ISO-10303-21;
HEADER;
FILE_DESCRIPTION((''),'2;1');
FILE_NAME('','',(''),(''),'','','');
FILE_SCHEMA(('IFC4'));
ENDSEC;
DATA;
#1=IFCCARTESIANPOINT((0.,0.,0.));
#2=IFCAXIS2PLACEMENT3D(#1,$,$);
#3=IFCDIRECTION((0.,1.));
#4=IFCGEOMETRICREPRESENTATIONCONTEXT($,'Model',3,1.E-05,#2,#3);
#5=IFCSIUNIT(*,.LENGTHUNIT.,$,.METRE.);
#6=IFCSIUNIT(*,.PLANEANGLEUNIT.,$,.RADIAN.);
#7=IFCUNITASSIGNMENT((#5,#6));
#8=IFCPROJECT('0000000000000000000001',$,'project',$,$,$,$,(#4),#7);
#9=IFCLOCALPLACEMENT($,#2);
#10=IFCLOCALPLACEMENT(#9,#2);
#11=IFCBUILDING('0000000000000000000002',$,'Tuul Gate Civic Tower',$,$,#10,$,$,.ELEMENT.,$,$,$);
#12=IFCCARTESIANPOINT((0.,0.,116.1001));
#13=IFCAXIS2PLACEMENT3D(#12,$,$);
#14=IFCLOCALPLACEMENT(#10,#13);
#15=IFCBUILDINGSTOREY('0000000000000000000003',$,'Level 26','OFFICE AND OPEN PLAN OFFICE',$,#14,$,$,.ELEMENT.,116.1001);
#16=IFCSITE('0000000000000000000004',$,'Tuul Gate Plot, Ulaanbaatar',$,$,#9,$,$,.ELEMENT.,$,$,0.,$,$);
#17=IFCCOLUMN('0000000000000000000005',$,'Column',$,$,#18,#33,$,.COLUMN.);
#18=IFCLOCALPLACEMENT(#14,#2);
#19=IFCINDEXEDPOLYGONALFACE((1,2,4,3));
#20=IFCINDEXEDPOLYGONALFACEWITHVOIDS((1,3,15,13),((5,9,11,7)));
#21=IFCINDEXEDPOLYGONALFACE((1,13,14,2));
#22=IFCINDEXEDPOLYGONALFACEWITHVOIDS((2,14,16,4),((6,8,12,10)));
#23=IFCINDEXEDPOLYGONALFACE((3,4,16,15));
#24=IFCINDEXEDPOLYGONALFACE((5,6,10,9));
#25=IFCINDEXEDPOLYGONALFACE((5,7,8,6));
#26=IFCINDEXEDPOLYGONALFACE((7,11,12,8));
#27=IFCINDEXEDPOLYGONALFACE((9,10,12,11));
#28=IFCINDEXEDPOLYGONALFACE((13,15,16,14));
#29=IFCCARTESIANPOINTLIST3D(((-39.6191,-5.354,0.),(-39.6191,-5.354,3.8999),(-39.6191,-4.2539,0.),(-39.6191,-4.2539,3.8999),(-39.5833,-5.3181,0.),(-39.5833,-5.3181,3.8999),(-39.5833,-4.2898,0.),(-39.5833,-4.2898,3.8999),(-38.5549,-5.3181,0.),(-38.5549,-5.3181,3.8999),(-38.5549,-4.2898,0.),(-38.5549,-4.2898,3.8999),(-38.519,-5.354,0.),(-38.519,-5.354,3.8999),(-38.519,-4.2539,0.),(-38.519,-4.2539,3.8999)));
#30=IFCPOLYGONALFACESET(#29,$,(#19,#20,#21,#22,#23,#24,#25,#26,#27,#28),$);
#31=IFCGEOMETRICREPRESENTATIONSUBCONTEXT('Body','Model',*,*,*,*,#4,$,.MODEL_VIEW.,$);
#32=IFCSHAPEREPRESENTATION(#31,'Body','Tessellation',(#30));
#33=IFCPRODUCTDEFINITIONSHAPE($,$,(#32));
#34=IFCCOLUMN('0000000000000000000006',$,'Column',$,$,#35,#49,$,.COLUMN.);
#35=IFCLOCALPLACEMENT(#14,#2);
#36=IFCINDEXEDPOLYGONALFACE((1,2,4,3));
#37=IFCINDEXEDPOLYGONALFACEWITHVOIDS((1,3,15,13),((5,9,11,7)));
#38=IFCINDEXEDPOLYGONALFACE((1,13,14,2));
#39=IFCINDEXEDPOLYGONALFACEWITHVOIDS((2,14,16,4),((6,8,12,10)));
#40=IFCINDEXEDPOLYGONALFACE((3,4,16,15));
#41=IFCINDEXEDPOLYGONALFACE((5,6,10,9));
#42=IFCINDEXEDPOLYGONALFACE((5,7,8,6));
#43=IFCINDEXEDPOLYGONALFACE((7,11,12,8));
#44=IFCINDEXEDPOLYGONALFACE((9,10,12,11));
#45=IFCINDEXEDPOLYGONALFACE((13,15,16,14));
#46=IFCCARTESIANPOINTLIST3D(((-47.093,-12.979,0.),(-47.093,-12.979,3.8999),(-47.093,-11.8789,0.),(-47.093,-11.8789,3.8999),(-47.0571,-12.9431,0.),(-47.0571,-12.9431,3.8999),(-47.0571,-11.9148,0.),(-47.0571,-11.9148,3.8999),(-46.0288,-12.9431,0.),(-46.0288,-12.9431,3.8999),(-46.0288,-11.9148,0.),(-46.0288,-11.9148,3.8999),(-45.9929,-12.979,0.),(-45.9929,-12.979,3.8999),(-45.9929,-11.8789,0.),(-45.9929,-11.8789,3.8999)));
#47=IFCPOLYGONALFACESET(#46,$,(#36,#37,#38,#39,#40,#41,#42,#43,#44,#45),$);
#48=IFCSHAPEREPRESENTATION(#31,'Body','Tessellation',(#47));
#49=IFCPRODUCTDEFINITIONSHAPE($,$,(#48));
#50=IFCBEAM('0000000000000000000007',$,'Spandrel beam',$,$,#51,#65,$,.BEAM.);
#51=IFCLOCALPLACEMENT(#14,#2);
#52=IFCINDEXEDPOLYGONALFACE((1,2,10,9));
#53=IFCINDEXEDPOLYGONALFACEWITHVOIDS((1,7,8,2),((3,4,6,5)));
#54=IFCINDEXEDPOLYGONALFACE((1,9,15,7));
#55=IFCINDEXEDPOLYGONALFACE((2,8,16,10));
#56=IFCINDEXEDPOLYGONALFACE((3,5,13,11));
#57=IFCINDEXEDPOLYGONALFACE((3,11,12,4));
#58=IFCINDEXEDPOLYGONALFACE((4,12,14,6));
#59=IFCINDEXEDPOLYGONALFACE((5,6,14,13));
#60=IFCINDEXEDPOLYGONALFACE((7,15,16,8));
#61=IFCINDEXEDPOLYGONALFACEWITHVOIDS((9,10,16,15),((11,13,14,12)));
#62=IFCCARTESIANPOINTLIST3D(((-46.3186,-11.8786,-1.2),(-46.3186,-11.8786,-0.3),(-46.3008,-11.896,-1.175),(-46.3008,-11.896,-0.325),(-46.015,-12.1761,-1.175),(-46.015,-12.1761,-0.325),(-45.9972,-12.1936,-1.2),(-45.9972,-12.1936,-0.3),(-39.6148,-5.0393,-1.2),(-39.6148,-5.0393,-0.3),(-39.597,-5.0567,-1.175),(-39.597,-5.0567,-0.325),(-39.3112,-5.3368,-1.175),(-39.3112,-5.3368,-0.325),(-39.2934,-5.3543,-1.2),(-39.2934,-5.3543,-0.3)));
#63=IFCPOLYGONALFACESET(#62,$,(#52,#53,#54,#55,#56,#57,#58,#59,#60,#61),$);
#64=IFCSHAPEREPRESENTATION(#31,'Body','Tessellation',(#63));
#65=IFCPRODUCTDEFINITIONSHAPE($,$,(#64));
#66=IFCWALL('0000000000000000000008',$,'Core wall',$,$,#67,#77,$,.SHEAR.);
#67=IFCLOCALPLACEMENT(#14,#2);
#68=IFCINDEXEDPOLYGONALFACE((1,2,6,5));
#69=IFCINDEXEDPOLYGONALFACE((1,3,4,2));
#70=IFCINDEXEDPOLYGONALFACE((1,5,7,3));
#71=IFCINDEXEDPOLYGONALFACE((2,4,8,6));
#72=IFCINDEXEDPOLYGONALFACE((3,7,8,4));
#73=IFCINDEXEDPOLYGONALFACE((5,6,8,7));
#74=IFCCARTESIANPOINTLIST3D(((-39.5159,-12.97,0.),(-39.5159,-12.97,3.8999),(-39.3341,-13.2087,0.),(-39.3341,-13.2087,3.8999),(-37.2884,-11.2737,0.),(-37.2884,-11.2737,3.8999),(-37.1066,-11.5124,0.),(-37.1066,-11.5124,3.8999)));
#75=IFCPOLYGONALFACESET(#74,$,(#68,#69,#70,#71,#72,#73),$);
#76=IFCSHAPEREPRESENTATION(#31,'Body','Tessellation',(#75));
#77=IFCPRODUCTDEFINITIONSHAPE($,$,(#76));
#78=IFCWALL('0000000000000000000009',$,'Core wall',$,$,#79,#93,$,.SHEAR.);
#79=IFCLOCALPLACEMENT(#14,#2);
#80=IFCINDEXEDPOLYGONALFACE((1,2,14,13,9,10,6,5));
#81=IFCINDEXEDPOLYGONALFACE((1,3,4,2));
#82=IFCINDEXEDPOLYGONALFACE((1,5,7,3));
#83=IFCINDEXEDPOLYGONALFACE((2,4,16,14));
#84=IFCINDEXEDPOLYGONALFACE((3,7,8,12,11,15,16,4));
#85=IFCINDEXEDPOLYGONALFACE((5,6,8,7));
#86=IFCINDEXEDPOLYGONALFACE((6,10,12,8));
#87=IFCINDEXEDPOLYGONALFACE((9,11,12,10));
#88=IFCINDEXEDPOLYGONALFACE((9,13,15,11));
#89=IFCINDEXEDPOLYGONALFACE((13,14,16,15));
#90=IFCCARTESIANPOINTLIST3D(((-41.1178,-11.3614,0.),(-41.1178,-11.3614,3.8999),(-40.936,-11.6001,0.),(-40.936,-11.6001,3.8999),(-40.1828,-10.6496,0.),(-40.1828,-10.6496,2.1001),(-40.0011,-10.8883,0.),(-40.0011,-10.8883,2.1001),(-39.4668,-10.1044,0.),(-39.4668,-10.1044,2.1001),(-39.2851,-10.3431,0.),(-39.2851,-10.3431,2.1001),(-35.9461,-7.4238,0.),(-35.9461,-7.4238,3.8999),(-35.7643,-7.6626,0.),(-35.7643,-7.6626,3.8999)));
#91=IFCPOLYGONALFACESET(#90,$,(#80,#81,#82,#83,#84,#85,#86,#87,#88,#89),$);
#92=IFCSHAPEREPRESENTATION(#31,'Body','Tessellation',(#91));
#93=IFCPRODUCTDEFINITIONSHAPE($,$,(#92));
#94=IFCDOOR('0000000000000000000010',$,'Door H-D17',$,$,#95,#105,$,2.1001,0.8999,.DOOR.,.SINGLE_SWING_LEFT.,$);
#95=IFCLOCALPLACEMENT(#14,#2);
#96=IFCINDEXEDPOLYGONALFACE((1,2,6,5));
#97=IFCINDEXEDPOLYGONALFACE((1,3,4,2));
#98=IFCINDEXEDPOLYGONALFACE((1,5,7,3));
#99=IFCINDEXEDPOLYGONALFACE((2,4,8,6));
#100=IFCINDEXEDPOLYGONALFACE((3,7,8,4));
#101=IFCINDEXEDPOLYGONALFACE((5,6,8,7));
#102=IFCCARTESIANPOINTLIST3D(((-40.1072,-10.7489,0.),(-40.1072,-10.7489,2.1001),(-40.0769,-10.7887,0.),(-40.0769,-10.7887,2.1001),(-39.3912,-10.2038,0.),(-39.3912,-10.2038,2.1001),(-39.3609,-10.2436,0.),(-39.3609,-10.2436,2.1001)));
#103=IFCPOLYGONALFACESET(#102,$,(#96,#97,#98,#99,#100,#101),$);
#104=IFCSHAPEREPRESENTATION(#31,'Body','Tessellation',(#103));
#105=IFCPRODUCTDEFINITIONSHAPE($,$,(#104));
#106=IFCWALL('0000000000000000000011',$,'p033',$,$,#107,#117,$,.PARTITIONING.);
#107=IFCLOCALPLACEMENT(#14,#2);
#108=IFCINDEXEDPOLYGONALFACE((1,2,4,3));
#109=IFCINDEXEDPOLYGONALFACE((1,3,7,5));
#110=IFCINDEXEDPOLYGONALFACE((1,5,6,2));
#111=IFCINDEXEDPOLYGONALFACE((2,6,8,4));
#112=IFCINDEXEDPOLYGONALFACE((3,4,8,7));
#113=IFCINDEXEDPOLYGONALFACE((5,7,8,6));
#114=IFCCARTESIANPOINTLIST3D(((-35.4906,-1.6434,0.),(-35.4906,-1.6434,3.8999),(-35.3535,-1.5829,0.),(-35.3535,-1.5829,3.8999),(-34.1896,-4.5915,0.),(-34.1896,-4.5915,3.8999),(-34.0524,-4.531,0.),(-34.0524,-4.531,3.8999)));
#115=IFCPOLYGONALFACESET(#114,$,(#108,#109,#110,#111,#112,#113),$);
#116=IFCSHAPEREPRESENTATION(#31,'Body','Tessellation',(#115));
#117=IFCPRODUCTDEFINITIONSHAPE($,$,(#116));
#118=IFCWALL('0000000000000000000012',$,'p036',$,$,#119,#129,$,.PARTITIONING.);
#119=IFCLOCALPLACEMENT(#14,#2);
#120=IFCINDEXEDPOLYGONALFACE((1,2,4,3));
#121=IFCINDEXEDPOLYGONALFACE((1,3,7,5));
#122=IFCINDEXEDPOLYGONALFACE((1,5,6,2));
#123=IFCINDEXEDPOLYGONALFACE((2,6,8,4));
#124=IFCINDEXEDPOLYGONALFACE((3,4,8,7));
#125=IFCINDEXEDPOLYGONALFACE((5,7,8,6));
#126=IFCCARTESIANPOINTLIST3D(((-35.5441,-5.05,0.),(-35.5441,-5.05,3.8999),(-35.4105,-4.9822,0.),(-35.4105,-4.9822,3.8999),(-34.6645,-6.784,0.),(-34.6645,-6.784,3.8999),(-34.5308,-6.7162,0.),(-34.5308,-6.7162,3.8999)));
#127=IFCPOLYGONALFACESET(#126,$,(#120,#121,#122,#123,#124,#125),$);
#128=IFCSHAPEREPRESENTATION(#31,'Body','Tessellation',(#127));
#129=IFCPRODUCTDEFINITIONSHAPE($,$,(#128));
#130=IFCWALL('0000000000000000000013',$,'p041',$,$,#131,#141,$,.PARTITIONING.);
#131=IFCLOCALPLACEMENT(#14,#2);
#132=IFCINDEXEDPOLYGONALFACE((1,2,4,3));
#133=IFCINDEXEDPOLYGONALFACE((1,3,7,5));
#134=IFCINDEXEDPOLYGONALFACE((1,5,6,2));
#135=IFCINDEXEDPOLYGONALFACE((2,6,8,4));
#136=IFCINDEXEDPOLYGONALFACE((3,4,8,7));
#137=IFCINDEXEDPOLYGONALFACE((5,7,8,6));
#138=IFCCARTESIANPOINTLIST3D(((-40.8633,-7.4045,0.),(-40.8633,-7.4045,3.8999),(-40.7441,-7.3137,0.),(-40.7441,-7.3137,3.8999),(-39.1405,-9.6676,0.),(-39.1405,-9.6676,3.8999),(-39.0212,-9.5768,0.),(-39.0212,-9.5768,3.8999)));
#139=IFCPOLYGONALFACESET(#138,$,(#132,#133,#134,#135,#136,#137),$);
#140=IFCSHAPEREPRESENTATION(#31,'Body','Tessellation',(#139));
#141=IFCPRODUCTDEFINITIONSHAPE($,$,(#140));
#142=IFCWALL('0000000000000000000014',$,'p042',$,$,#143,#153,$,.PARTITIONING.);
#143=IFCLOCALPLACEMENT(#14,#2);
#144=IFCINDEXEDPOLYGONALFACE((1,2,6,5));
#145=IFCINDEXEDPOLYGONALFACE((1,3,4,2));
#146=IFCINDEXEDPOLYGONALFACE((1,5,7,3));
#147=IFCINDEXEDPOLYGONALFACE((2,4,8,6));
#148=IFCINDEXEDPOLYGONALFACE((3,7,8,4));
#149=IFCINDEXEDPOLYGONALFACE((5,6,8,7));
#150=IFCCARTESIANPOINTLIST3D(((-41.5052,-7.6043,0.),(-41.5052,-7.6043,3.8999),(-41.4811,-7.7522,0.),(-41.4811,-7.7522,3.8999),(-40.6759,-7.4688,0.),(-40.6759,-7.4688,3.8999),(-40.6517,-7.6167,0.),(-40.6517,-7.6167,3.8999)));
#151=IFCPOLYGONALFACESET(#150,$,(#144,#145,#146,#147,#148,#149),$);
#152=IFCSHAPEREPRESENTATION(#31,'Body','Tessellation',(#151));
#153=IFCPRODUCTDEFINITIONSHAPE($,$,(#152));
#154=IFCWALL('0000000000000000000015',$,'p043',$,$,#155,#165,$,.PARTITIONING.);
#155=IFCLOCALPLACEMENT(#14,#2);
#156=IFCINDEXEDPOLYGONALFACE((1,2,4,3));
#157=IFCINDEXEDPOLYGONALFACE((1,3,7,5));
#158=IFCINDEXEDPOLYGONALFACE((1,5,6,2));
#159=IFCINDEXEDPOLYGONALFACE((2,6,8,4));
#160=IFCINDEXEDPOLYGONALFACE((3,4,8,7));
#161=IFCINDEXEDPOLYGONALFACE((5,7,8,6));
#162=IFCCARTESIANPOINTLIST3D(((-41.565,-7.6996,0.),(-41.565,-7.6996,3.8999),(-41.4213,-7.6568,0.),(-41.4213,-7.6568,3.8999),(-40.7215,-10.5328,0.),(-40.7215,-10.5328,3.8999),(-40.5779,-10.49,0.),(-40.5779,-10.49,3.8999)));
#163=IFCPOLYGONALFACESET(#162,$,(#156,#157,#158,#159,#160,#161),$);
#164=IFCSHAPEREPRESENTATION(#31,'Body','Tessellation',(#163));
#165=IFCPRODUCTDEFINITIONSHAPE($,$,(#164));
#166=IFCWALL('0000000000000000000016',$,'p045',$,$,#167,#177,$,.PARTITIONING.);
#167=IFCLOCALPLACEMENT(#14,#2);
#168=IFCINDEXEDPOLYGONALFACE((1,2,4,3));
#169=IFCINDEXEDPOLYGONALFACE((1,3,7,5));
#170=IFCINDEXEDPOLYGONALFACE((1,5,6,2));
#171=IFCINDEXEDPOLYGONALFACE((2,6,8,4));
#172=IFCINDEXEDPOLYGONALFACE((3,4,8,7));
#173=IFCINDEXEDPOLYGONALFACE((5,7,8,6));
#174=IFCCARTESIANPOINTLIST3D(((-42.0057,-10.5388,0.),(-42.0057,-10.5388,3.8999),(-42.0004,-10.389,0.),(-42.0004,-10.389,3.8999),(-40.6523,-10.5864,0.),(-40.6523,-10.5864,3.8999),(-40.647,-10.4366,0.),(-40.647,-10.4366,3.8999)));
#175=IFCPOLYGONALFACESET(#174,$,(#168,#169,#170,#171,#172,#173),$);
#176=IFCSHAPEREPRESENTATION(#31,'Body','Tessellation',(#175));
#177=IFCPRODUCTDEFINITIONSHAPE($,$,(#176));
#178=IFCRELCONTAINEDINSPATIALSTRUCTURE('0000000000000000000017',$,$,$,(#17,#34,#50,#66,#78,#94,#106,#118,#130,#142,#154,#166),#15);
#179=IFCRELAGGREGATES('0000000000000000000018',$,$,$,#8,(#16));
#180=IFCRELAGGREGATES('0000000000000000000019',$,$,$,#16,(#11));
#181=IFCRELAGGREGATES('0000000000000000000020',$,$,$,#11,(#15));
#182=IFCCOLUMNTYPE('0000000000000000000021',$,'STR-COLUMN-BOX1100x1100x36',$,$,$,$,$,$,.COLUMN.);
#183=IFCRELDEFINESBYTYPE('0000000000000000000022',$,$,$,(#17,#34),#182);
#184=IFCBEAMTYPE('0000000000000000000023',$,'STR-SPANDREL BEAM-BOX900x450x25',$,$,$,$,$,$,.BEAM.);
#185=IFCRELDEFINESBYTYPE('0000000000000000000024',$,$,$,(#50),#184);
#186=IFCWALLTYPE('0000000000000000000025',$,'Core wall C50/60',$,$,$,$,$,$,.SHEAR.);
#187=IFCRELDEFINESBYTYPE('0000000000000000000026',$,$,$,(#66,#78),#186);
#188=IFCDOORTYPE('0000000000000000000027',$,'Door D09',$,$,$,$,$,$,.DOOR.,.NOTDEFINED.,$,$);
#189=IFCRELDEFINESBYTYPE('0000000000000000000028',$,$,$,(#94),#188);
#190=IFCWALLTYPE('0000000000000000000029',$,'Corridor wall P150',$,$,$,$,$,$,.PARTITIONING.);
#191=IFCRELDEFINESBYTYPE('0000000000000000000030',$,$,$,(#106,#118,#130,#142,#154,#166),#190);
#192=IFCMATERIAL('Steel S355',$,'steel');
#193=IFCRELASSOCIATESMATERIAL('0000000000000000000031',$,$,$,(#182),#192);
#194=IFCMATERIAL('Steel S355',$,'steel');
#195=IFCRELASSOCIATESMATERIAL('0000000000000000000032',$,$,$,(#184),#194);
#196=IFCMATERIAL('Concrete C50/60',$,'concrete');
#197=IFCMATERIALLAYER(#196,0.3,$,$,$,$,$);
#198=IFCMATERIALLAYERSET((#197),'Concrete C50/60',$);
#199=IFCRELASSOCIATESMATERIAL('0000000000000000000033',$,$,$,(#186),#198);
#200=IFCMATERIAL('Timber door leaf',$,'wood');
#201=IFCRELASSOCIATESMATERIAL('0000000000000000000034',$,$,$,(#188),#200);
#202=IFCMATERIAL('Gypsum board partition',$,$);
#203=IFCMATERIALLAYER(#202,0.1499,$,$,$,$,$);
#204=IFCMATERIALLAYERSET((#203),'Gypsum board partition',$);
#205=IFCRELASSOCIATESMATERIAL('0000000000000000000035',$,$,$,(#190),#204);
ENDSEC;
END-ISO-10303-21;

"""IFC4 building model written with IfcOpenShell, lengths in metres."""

from ifc_helpers import new_model, si_unit, direction, frame, frame_2d, origin, origin_2d, place, context, subcontext, project, spatial, rectangle, hollow_rectangle, extrude, material, layer, layer_set, material_profile, profile_set, type_object, element, fill, save


model = new_model("IFC4")

# Units and contexts
model_context = context("Model", 3, precision=1e-05, world=origin(), true_north=direction((0.0, 1.0)))
body_context = subcontext(model_context, "Body", "Model", "MODEL_VIEW")
ifc_project = project(units=[si_unit("LENGTHUNIT", "METRE"), si_unit("PLANEANGLEUNIT", "RADIAN")], contexts=[model_context])

# Site, building, storey
site_placement = place(None, origin())
site = spatial("IfcSite", under=ifc_project, at=site_placement, Name="Tuul Gate Plot, Ulaanbaatar", CompositionType="ELEMENT", RefElevation=0.0)
building_placement = place(site_placement, origin())
building = spatial("IfcBuilding", under=site, at=building_placement, Name="Tuul Gate Civic Tower", CompositionType="ELEMENT")
storey_placement = place(building_placement, frame((0.0, 0.0, 116.1001)))
storey = spatial("IfcBuildingStorey", under=building, at=storey_placement, Name="Level 26", Description="OFFICE AND OPEN PLAN OFFICE", CompositionType="ELEMENT", Elevation=116.1001)

# Columns
ifc_material_1 = material(Name="Steel S355", Category="steel")
ifc_material_profile_1 = material_profile(ifc_material_1, hollow_rectangle(XDim=1.1001, YDim=1.1001, WallThickness=0.0359, at=origin_2d()), Name="BOX1100x1100x36")
ifc_profile_set_1 = profile_set([ifc_material_profile_1], Name="Steel S355")
column_type = type_object("IfcColumnType", Name="STR-COLUMN-BOX1100x1100x36", PredefinedType="COLUMN", material=ifc_profile_set_1)
for number, where, z_axis, x_axis, name in (
    (1, (-39.0691, -4.804, 0.0), (0.0, 0.0, 1.0), (1.0, 0.0, 0.0), "Column"),
    (2, (-46.543, -12.429, 0.0), (0.0, 0.0, 1.0), (1.0, 0.0, 0.0), "Column"),
):
    element("IfcColumn", number, at=place(storey_placement, frame(where, z_axis=z_axis, x_axis=x_axis)), inside=storey, type_object=column_type, Name=name, PredefinedType="COLUMN", context=body_context, shape_type="SweptSolid", body=[
        extrude(hollow_rectangle(XDim=1.1001, YDim=1.1001, WallThickness=0.0359, at=origin_2d()), origin(), (0.0, 0.0, 1.0), 3.8999),
    ])

# Beam
ifc_material_2 = material(Name="Steel S355", Category="steel")
ifc_material_profile_2 = material_profile(ifc_material_2, hollow_rectangle(XDim=0.45, YDim=0.8999, WallThickness=0.0249, at=origin_2d()), Name="BOX900x450x25")
ifc_profile_set_2 = profile_set([ifc_material_profile_2], Name="Steel S355")
beam_type = type_object("IfcBeamType", Name="STR-SPANDREL BEAM-BOX900x450x25", PredefinedType="BEAM", material=ifc_profile_set_2)
beam_placement = place(storey_placement, frame((-39.4541, -5.1968, -0.75), z_axis=(-0.699997, -0.714146, 0.0), x_axis=(0.714146, -0.699997, 0.0)))
element("IfcBeam", 3, at=beam_placement, inside=storey, type_object=beam_type, Name="Spandrel beam", PredefinedType="BEAM", context=body_context, shape_type="SweptSolid", body=[
    extrude(hollow_rectangle(XDim=0.45, YDim=0.8999, WallThickness=0.0249, at=origin_2d()), origin(), (0.0, 0.0, 1.0), 9.5769),
])

# Wall
ifc_material_3 = material(Name="Concrete C50/60", Category="concrete")
ifc_layer_1 = layer(ifc_material_3, 0.3)
ifc_layer_set_1 = layer_set([ifc_layer_1], Name="Concrete C50/60")
wall_type_1 = type_object("IfcWallType", Name="Core wall C50/60", PredefinedType="SHEAR", material=ifc_layer_set_1)
wall_1_placement = place(storey_placement, frame((-37.1975, -11.3931, 0.0), z_axis=(0.0, 0.0, 1.0), x_axis=(-0.795584, -0.605844, 0.0)))
element("IfcWall", 4, at=wall_1_placement, inside=storey, type_object=wall_type_1, Name="Core wall", PredefinedType="SHEAR", context=body_context, shape_type="SweptSolid", body=[
    extrude(rectangle(XDim=2.7998, YDim=0.3, at=frame_2d((1.3999, 0.0))), origin(), (0.0, 0.0, 1.0), 3.8999),
])

# Wall, opening, door
wall_2_placement = place(storey_placement, frame((-35.8552, -7.5432, 0.0), z_axis=(0.0, 0.0, 1.0), x_axis=(-0.795639, -0.605772, 0.0)))
wall_2 = element("IfcWall", 5, at=wall_2_placement, inside=storey, type_object=wall_type_1, Name="Core wall", PredefinedType="SHEAR", context=body_context, shape_type="SweptSolid", body=[
    extrude(rectangle(XDim=6.5, YDim=0.3, at=frame_2d((3.25, 0.0))), origin(), (0.0, 0.0, 1.0), 3.8999),
])
opening_1_placement = place(wall_2_placement, frame((4.425, 0.0, 0.0)))
opening_1 = element("IfcOpeningElement", 6, at=opening_1_placement, cuts=wall_2, PredefinedType="OPENING", context=body_context, shape_type="SweptSolid", body=[
    extrude(rectangle(XDim=0.8999, YDim=2.1001, at=frame_2d((0.45, 1.05))), frame((0.0, 0.1602, 0.0), z_axis=(0.0, -1.0, 0.0), x_axis=(1.0, 0.0, 0.0)), (0.0, 0.0, 1.0), 0.3201),
])
ifc_material_4 = material(Name="Timber door leaf", Category="wood")
door_type = type_object("IfcDoorType", Name="Door D09", OperationType="NOTDEFINED", PredefinedType="DOOR", material=ifc_material_4)
door_placement = place(opening_1_placement, origin())
door = element("IfcDoor", 7, at=door_placement, inside=storey, type_object=door_type, Name="Door H-D17", OperationType="SINGLE_SWING_LEFT", OverallHeight=2.1001, OverallWidth=0.8999, PredefinedType="DOOR", context=body_context, shape_type="SweptSolid", body=[
    extrude(rectangle(XDim=0.8999, YDim=2.1001, at=frame_2d((0.45, 1.05))), frame((0.0, 0.0249, 0.0), z_axis=(0.0, -1.0, 0.0), x_axis=(1.0, 0.0, 0.0)), (0.0, 0.0, 1.0), 0.05),
])
fill(opening_1, door)

# Walls
ifc_material_5 = material(Name="Gypsum board partition")
ifc_layer_2 = layer(ifc_material_5, 0.1499)
ifc_layer_set_2 = layer_set([ifc_layer_2], Name="Gypsum board partition")
wall_type_2 = type_object("IfcWallType", Name="Corridor wall P150", PredefinedType="PARTITIONING", material=ifc_layer_set_2)
wall_3_placement = place(storey_placement, frame((-35.4221, -1.613, 0.0), z_axis=(0.0, 0.0, 1.0), x_axis=(0.403754, -0.914868, 0.0)))
element("IfcWall", 8, at=wall_3_placement, inside=storey, type_object=wall_type_2, Name="p033", PredefinedType="PARTITIONING", context=body_context, shape_type="SweptSolid", body=[
    extrude(rectangle(XDim=3.2224, YDim=0.1499, at=frame_2d((1.6113, 0.0))), origin(), (0.0, 0.0, 1.0), 3.8999),
])
wall_4_placement = place(storey_placement, frame((-35.4773, -5.0161, 0.0), z_axis=(0.0, 0.0, 1.0), x_axis=(0.45243, -0.8918, 0.0)))
element("IfcWall", 9, at=wall_4_placement, inside=storey, type_object=wall_type_2, Name="p036", PredefinedType="PARTITIONING", context=body_context, shape_type="SweptSolid", body=[
    extrude(rectangle(XDim=1.9443, YDim=0.1499, at=frame_2d((0.9722, 0.0))), origin(), (0.0, 0.0, 1.0), 3.8999),
])
wall_5_placement = place(storey_placement, frame((-40.8037, -7.3591, 0.0), z_axis=(0.0, 0.0, 1.0), x_axis=(0.605725, -0.795674, 0.0)))
element("IfcWall", 10, at=wall_5_placement, inside=storey, type_object=wall_type_2, Name="p041", PredefinedType="PARTITIONING", context=body_context, shape_type="SweptSolid", body=[
    extrude(rectangle(XDim=2.8442, YDim=0.1499, at=frame_2d((1.4221, 0.0))), origin(), (0.0, 0.0, 1.0), 3.8999),
])
wall_6_placement = place(storey_placement, frame((-41.4932, -7.6782, 0.0), z_axis=(0.0, 0.0, 1.0), x_axis=(0.986915, 0.161242, 0.0)))
element("IfcWall", 11, at=wall_6_placement, inside=storey, type_object=wall_type_2, Name="p042", PredefinedType="PARTITIONING", context=body_context, shape_type="SweptSolid", body=[
    extrude(rectangle(XDim=0.8403, YDim=0.1499, at=frame_2d((0.4202, 0.0))), origin(), (0.0, 0.0, 1.0), 3.8999),
])
wall_7_placement = place(storey_placement, frame((-41.4932, -7.6782, 0.0), z_axis=(0.0, 0.0, 1.0), x_axis=(0.285339, -0.958427, 0.0)))
element("IfcWall", 12, at=wall_7_placement, inside=storey, type_object=wall_type_2, Name="p043", PredefinedType="PARTITIONING", context=body_context, shape_type="SweptSolid", body=[
    extrude(rectangle(XDim=2.9561, YDim=0.1499, at=frame_2d((1.478, 0.0))), origin(), (0.0, 0.0, 1.0), 3.8999),
])
wall_8_placement = place(storey_placement, frame((-42.0032, -10.4639, 0.0), z_axis=(0.0, 0.0, 1.0), x_axis=(0.999382, -0.035151, 0.0)))
element("IfcWall", 13, at=wall_8_placement, inside=storey, type_object=wall_type_2, Name="p045", PredefinedType="PARTITIONING", context=body_context, shape_type="SweptSolid", body=[
    extrude(rectangle(XDim=1.3542, YDim=0.1499, at=frame_2d((0.6772, 0.0))), origin(), (0.0, 0.0, 1.0), 3.8999),
])

save(model, "model.ifc")
